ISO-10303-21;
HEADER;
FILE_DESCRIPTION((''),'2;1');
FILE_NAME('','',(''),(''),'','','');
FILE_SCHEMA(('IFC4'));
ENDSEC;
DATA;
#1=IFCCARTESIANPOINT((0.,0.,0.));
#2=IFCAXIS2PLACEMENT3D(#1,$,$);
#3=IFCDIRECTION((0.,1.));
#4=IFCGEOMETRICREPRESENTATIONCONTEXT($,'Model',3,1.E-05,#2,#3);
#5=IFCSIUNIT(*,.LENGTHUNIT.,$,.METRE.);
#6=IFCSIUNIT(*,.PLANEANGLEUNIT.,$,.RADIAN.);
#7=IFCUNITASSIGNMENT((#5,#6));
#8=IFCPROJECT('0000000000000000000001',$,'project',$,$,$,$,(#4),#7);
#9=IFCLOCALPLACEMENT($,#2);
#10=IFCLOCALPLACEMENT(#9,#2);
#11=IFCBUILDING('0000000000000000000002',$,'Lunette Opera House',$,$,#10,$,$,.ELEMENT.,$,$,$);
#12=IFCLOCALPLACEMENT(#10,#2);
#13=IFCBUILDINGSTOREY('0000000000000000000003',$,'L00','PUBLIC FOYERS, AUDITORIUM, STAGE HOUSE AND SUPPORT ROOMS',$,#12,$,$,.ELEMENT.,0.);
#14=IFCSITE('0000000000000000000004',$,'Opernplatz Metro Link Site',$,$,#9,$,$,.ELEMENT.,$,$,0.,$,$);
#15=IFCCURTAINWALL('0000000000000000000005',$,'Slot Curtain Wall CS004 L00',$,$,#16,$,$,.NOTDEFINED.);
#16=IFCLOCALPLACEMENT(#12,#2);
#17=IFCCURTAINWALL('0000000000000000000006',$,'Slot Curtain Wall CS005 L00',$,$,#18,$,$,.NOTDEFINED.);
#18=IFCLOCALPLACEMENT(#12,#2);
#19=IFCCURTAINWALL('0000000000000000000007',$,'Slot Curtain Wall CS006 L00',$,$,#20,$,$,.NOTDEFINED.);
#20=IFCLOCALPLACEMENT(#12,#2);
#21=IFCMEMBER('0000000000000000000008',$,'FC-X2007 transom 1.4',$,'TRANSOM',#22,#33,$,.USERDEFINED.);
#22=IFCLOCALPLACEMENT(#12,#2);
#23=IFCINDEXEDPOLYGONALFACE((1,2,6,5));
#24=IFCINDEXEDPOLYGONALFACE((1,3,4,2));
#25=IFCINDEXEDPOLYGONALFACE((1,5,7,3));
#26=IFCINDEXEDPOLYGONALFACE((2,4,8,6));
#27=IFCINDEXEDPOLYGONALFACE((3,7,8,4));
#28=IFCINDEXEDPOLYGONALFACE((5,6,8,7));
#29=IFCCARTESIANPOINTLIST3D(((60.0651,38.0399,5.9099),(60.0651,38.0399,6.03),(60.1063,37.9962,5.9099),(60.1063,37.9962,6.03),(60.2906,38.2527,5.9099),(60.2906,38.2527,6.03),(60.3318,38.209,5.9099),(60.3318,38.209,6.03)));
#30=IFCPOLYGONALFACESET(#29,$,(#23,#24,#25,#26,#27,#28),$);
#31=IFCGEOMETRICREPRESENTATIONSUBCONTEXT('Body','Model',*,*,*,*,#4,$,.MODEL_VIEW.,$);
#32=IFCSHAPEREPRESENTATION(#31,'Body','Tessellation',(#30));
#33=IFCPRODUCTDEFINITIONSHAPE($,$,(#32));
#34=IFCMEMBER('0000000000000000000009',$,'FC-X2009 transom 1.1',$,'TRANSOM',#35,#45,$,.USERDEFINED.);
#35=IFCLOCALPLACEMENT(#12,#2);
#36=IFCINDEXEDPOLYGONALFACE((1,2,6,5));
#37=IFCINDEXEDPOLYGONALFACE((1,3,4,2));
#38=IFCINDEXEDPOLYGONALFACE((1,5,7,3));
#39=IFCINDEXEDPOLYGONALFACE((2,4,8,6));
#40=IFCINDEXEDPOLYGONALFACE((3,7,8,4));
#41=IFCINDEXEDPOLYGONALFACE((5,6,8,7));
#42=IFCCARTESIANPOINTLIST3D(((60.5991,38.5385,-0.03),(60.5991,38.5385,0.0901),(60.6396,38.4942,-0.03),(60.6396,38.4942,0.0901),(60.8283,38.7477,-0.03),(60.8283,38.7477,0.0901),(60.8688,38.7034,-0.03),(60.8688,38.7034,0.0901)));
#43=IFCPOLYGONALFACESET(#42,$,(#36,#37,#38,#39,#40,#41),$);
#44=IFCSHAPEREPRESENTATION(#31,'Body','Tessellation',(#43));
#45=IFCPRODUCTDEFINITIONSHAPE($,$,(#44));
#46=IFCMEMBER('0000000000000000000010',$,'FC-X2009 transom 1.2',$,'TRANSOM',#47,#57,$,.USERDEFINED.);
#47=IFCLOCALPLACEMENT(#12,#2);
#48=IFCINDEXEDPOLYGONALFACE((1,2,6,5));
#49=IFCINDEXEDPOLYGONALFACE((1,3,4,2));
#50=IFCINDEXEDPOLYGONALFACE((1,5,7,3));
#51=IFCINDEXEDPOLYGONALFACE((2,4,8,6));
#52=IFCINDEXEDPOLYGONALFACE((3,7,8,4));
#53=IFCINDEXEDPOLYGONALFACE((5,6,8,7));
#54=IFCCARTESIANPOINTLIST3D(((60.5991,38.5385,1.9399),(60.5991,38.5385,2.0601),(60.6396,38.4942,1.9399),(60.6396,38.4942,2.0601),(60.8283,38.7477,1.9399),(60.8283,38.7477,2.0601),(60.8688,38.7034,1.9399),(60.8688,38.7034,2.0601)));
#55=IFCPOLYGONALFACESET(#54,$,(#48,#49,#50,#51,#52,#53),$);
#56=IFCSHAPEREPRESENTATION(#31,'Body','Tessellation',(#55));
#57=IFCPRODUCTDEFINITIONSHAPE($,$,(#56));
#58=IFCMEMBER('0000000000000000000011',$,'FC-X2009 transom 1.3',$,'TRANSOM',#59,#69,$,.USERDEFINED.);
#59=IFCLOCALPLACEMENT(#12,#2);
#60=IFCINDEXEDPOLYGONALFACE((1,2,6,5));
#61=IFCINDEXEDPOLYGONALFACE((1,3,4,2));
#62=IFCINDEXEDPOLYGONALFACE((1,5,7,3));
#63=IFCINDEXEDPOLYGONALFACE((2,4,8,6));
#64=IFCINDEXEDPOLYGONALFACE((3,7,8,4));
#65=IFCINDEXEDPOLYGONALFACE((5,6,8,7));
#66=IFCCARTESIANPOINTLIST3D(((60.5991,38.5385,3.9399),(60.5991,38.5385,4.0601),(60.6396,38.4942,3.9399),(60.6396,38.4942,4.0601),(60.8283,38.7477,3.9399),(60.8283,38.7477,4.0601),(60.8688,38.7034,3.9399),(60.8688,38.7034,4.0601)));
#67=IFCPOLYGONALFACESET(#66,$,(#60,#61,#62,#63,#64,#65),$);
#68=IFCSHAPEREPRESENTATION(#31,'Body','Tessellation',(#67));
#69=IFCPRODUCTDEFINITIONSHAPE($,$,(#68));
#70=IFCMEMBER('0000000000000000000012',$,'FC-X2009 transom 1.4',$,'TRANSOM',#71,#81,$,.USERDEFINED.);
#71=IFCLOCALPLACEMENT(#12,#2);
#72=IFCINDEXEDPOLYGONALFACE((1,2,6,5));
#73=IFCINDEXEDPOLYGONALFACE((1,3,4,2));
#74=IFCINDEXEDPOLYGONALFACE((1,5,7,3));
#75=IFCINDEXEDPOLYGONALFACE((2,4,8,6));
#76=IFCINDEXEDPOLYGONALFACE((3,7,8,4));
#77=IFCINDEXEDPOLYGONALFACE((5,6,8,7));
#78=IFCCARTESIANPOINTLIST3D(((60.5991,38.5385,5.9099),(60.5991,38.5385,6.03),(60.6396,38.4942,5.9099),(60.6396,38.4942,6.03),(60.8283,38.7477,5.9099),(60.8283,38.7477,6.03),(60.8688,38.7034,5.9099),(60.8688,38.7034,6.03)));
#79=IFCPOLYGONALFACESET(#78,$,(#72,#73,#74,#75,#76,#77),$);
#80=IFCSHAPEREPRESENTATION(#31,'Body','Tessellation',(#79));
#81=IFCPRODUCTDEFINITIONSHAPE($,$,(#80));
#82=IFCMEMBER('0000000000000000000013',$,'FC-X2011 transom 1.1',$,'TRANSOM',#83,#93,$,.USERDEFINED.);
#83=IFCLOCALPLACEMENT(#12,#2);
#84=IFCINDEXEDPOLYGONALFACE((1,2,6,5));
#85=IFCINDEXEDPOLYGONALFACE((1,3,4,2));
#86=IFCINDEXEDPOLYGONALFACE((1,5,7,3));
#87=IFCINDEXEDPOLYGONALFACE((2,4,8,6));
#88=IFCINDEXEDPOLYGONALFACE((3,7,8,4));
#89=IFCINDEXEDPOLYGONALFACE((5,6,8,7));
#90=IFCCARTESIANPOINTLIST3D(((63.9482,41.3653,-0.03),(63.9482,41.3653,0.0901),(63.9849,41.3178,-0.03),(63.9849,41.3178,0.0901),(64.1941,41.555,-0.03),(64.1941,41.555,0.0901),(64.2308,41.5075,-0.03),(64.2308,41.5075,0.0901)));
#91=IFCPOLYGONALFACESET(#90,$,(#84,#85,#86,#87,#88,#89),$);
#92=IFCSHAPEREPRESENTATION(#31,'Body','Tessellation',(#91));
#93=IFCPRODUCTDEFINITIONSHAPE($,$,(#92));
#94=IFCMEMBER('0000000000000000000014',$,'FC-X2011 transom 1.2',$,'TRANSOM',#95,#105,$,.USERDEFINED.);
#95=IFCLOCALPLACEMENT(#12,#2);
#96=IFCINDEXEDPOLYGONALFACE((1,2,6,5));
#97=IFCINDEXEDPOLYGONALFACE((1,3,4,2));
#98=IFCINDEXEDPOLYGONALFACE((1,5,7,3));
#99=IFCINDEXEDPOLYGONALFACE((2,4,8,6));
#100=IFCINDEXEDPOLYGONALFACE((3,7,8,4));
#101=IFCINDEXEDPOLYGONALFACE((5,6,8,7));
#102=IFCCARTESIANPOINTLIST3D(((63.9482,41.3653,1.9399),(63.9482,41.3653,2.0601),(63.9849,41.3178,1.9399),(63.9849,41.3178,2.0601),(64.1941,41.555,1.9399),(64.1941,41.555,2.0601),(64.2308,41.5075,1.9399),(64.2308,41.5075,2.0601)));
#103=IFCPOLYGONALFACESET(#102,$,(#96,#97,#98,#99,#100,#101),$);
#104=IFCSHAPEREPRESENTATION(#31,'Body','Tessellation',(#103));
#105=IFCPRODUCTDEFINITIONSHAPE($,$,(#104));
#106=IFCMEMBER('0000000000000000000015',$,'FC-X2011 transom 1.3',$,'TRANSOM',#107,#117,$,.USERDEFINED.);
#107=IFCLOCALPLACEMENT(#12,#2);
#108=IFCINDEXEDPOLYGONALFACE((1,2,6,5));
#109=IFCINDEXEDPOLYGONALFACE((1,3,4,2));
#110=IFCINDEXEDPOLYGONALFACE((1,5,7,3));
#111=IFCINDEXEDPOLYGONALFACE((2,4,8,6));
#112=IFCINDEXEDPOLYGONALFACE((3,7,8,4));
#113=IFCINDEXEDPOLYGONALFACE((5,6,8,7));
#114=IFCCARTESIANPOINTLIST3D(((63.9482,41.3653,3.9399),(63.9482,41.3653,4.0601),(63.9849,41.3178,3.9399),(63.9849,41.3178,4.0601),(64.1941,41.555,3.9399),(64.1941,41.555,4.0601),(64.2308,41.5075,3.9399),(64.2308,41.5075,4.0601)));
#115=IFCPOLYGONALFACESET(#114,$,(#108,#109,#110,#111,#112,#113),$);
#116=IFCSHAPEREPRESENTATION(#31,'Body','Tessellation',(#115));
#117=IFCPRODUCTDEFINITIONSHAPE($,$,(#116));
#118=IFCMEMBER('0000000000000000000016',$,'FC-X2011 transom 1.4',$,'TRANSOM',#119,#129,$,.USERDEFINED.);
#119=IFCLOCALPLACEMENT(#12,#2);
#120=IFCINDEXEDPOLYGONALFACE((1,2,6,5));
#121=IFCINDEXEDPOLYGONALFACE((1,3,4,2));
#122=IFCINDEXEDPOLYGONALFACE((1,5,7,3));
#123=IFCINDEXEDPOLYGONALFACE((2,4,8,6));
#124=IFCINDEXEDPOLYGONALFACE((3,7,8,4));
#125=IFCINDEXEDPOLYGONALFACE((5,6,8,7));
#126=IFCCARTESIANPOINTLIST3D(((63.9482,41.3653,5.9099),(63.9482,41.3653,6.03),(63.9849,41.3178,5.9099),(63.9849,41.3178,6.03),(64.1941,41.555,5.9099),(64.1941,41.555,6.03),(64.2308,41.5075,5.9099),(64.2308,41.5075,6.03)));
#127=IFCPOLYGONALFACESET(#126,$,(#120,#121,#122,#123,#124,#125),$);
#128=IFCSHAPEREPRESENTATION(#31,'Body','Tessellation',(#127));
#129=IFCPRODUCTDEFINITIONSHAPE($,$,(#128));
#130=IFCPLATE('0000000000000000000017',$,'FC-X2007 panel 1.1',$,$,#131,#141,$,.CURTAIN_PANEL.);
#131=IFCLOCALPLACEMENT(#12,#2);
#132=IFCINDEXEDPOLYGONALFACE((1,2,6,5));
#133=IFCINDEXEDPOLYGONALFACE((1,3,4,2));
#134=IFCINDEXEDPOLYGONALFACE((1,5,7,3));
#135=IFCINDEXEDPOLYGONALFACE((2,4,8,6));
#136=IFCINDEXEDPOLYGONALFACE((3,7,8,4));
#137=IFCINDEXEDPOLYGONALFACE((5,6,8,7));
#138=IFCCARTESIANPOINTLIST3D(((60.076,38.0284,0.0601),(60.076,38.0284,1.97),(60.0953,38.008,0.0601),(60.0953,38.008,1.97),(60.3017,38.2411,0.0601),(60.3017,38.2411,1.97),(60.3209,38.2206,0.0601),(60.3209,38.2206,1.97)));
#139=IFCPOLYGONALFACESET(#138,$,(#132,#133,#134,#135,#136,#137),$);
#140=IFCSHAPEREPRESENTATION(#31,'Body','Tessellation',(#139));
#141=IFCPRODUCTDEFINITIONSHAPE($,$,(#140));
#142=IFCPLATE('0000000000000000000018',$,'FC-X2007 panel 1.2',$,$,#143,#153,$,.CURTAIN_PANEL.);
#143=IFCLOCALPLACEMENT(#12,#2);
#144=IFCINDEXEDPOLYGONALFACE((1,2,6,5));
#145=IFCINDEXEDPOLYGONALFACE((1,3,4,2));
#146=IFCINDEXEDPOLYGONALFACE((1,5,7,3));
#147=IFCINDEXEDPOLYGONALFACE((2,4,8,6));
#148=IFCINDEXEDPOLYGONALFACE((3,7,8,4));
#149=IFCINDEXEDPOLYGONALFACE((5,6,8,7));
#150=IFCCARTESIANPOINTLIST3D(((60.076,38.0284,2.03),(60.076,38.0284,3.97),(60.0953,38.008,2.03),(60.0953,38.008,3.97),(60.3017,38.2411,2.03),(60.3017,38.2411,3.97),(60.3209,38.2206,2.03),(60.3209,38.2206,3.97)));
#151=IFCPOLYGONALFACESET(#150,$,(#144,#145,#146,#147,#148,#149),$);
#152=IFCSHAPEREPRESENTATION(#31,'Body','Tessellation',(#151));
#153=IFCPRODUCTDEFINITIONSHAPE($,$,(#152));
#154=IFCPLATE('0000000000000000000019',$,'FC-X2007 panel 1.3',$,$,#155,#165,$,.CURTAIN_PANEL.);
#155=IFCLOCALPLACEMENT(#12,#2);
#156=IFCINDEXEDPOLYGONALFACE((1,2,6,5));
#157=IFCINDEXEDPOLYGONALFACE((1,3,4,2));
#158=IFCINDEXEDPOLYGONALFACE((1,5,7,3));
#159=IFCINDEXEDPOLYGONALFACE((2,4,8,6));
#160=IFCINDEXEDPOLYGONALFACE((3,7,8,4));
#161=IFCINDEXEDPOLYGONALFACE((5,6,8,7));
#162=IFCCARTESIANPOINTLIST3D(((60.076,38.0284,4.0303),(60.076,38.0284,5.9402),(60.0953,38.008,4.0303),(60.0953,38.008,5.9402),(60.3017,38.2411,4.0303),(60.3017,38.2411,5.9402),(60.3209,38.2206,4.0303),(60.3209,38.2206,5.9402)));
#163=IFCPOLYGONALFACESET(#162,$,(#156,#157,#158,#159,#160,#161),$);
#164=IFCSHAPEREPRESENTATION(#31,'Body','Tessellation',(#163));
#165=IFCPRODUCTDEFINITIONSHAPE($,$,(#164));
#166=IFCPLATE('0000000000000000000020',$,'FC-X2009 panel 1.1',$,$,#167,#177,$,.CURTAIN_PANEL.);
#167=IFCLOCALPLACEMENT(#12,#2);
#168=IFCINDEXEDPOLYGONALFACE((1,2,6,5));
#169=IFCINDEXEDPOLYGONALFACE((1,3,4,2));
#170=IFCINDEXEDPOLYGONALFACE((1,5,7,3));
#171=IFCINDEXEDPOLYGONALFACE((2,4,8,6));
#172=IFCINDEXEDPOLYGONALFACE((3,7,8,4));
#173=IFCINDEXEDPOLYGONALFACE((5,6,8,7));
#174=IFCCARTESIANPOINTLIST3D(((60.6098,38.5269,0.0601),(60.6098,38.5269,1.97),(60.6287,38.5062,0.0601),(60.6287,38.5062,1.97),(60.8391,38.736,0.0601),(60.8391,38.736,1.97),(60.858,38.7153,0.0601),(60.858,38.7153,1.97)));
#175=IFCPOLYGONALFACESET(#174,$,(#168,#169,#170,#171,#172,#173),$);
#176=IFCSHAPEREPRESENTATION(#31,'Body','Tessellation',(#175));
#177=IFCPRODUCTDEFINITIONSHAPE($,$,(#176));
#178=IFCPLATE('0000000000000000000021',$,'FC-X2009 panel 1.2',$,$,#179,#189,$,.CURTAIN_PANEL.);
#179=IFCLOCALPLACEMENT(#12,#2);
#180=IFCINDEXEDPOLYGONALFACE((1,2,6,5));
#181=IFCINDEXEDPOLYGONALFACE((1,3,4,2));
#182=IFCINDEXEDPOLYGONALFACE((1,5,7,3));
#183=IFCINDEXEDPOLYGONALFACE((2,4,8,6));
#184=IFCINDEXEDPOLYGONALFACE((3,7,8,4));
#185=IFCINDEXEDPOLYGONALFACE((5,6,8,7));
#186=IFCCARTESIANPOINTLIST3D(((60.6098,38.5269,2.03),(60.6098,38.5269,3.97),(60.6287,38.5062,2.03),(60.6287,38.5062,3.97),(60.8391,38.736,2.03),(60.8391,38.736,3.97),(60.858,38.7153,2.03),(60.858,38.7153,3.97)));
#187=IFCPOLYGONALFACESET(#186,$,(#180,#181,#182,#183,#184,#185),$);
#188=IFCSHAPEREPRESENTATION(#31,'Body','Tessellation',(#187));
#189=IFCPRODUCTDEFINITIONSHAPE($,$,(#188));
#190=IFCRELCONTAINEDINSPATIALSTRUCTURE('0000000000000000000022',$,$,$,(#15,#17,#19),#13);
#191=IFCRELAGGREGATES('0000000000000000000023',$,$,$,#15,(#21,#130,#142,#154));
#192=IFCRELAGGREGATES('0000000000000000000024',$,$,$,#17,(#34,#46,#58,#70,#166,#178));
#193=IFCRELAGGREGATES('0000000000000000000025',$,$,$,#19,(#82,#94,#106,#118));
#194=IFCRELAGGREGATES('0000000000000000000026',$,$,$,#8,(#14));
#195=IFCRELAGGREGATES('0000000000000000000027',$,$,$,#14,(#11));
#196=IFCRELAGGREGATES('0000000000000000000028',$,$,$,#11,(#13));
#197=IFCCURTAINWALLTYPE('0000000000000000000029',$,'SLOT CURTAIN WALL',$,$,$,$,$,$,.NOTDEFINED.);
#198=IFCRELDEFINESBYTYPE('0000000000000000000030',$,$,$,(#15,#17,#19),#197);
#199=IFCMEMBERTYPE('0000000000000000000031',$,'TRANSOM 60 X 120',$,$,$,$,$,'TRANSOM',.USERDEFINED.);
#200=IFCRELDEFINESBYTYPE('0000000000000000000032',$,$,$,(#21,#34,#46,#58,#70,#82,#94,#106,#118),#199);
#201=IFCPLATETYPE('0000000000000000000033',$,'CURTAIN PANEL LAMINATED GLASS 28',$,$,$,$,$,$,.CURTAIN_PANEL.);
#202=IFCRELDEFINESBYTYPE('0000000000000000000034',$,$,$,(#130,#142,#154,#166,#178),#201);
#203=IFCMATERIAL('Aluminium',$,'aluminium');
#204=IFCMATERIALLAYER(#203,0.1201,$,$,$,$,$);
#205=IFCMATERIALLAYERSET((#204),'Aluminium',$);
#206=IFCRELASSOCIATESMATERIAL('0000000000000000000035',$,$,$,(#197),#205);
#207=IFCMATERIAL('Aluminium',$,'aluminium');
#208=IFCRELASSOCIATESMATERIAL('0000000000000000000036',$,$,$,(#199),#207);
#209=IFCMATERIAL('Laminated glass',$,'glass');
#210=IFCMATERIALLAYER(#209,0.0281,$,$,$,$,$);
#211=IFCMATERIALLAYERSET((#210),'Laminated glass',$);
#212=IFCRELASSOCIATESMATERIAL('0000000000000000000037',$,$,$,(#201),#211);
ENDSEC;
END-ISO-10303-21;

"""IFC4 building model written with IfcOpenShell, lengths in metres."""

from ifc_helpers import new_model, si_unit, direction, frame, origin, origin_2d, place, context, subcontext, project, spatial, rectangle, extrude, material, layer, layer_set, material_profile, profile_set, type_object, element, aggregate, save


model = new_model("IFC4")

# Units and contexts
model_context = context("Model", 3, precision=1e-05, world=origin(), true_north=direction((0.0, 1.0)))
body_context = subcontext(model_context, "Body", "Model", "MODEL_VIEW")
ifc_project = project(units=[si_unit("LENGTHUNIT", "METRE"), si_unit("PLANEANGLEUNIT", "RADIAN")], contexts=[model_context])

# Site, building, storey
site_placement = place(None, origin())
site = spatial("IfcSite", under=ifc_project, at=site_placement, Name="Opernplatz Metro Link Site", CompositionType="ELEMENT", RefElevation=0.0)
building_placement = place(site_placement, origin())
building = spatial("IfcBuilding", under=site, at=building_placement, Name="Lunette Opera House", CompositionType="ELEMENT")
storey_placement = place(building_placement, origin())
storey = spatial("IfcBuildingStorey", under=building, at=storey_placement, Name="L00", Description="PUBLIC FOYERS, AUDITORIUM, STAGE HOUSE AND SUPPORT ROOMS", CompositionType="ELEMENT", Elevation=0.0)

# Curtain wall
ifc_material_1 = material(Name="Aluminium", Category="aluminium")
ifc_layer_1 = layer(ifc_material_1, 0.1201)
ifc_layer_set_1 = layer_set([ifc_layer_1], Name="Aluminium")
curtain_wall_type = type_object("IfcCurtainWallType", Name="SLOT CURTAIN WALL", PredefinedType="NOTDEFINED", material=ifc_layer_set_1)
curtain_wall_1_placement = place(storey_placement, origin())
curtain_wall_1 = element("IfcCurtainWall", 1, at=curtain_wall_1_placement, inside=storey, type_object=curtain_wall_type, Name="Slot Curtain Wall CS004 L00", PredefinedType="NOTDEFINED")

# Curtain walls
curtain_wall_2_placement = place(storey_placement, origin())
curtain_wall_2 = element("IfcCurtainWall", 2, at=curtain_wall_2_placement, inside=storey, type_object=curtain_wall_type, Name="Slot Curtain Wall CS005 L00", PredefinedType="NOTDEFINED")
curtain_wall_3_placement = place(storey_placement, origin())
curtain_wall_3 = element("IfcCurtainWall", 3, at=curtain_wall_3_placement, inside=storey, type_object=curtain_wall_type, Name="Slot Curtain Wall CS006 L00", PredefinedType="NOTDEFINED")

# Members
ifc_material_2 = material(Name="Aluminium", Category="aluminium")
ifc_material_profile_1 = material_profile(ifc_material_2, rectangle(XDim=0.0601, YDim=0.1201, at=origin_2d()), Name="TRANSOM 60 X 120")
ifc_profile_set_1 = profile_set([ifc_material_profile_1], Name="Aluminium")
member_type_1 = type_object("IfcMemberType", Name="TRANSOM 60 X 120", ElementType="TRANSOM", PredefinedType="USERDEFINED", material=ifc_profile_set_1)
member_1_placement = place(storey_placement, frame((60.0857, 38.0181, 5.97), z_axis=(0.727275, 0.686346, 0.0), x_axis=(-0.686346, 0.727275, 0.0)))
member_1 = element("IfcMember", 4, at=member_1_placement, type_object=member_type_1, Name="FC-X2007 transom 1.4", ObjectType="TRANSOM", PredefinedType="USERDEFINED", context=body_context, shape_type="SweptSolid", body=[
    extrude(rectangle(XDim=0.0601, YDim=0.1201, at=origin_2d()), origin(), (0.0, 0.0, 1.0), 0.3101),
])
member_2_placement = place(storey_placement, frame((60.6194, 38.5164, 0.03), z_axis=(0.738622, 0.67412, 0.0), x_axis=(-0.67412, 0.738622, 0.0)))
member_2 = element("IfcMember", 5, at=member_2_placement, type_object=member_type_1, Name="FC-X2009 transom 1.1", ObjectType="TRANSOM", PredefinedType="USERDEFINED", context=body_context, shape_type="SweptSolid", body=[
    extrude(rectangle(XDim=0.0601, YDim=0.1201, at=origin_2d()), origin(), (0.0, 0.0, 1.0), 0.3103),
])
member_3_placement = place(storey_placement, frame((60.6194, 38.5164, 2.0), z_axis=(0.738622, 0.67412, 0.0), x_axis=(-0.67412, 0.738622, 0.0)))
member_3 = element("IfcMember", 6, at=member_3_placement, type_object=member_type_1, Name="FC-X2009 transom 1.2", ObjectType="TRANSOM", PredefinedType="USERDEFINED", context=body_context, shape_type="SweptSolid", body=[
    extrude(rectangle(XDim=0.0601, YDim=0.1201, at=origin_2d()), origin(), (0.0, 0.0, 1.0), 0.3103),
])
member_4_placement = place(storey_placement, frame((60.6194, 38.5164, 4.0), z_axis=(0.738622, 0.67412, 0.0), x_axis=(-0.67412, 0.738622, 0.0)))
member_4 = element("IfcMember", 7, at=member_4_placement, type_object=member_type_1, Name="FC-X2009 transom 1.3", ObjectType="TRANSOM", PredefinedType="USERDEFINED", context=body_context, shape_type="SweptSolid", body=[
    extrude(rectangle(XDim=0.0601, YDim=0.1201, at=origin_2d()), origin(), (0.0, 0.0, 1.0), 0.3103),
])
member_5_placement = place(storey_placement, frame((60.6194, 38.5164, 5.97), z_axis=(0.738622, 0.67412, 0.0), x_axis=(-0.67412, 0.738622, 0.0)))
member_5 = element("IfcMember", 8, at=member_5_placement, type_object=member_type_1, Name="FC-X2009 transom 1.4", ObjectType="TRANSOM", PredefinedType="USERDEFINED", context=body_context, shape_type="SweptSolid", body=[
    extrude(rectangle(XDim=0.0601, YDim=0.1201, at=origin_2d()), origin(), (0.0, 0.0, 1.0), 0.3103),
])
member_6_placement = place(storey_placement, frame((63.9666, 41.3416, 0.03), z_axis=(0.791717, 0.610888, 0.0), x_axis=(-0.610888, 0.791717, 0.0)))
member_6 = element("IfcMember", 9, at=member_6_placement, type_object=member_type_1, Name="FC-X2011 transom 1.1", ObjectType="TRANSOM", PredefinedType="USERDEFINED", context=body_context, shape_type="SweptSolid", body=[
    extrude(rectangle(XDim=0.0601, YDim=0.1201, at=origin_2d()), origin(), (0.0, 0.0, 1.0), 0.3105),
])
member_7_placement = place(storey_placement, frame((63.9666, 41.3416, 2.0), z_axis=(0.791717, 0.610888, 0.0), x_axis=(-0.610888, 0.791717, 0.0)))
member_7 = element("IfcMember", 10, at=member_7_placement, type_object=member_type_1, Name="FC-X2011 transom 1.2", ObjectType="TRANSOM", PredefinedType="USERDEFINED", context=body_context, shape_type="SweptSolid", body=[
    extrude(rectangle(XDim=0.0601, YDim=0.1201, at=origin_2d()), origin(), (0.0, 0.0, 1.0), 0.3105),
])
member_8_placement = place(storey_placement, frame((63.9666, 41.3416, 4.0), z_axis=(0.791717, 0.610888, 0.0), x_axis=(-0.610888, 0.791717, 0.0)))
member_8 = element("IfcMember", 11, at=member_8_placement, type_object=member_type_1, Name="FC-X2011 transom 1.3", ObjectType="TRANSOM", PredefinedType="USERDEFINED", context=body_context, shape_type="SweptSolid", body=[
    extrude(rectangle(XDim=0.0601, YDim=0.1201, at=origin_2d()), origin(), (0.0, 0.0, 1.0), 0.3105),
])
member_9_placement = place(storey_placement, frame((63.9666, 41.3416, 5.97), z_axis=(0.791717, 0.610888, 0.0), x_axis=(-0.610888, 0.791717, 0.0)))
member_9 = element("IfcMember", 12, at=member_9_placement, type_object=member_type_1, Name="FC-X2011 transom 1.4", ObjectType="TRANSOM", PredefinedType="USERDEFINED", context=body_context, shape_type="SweptSolid", body=[
    extrude(rectangle(XDim=0.0601, YDim=0.1201, at=origin_2d()), origin(), (0.0, 0.0, 1.0), 0.3105),
])

# Plates
ifc_material_3 = material(Name="Laminated glass", Category="glass")
ifc_layer_2 = layer(ifc_material_3, 0.0281)
ifc_layer_set_2 = layer_set([ifc_layer_2], Name="Laminated glass")
plate_type = type_object("IfcPlateType", Name="CURTAIN PANEL LAMINATED GLASS 28", PredefinedType="CURTAIN_PANEL", material=ifc_layer_set_2)
plate_1_placement = place(storey_placement, frame((60.1985, 38.1245, 0.0601), z_axis=(0.0, 0.0, 1.0), x_axis=(0.727722, 0.685872, 0.0)))
plate_1 = element("IfcPlate", 13, at=plate_1_placement, type_object=plate_type, Name="FC-X2007 panel 1.1", PredefinedType="CURTAIN_PANEL", context=body_context, shape_type="SweptSolid", body=[
    extrude(rectangle(XDim=0.3101, YDim=0.0281, at=origin_2d()), origin(), (0.0, 0.0, 1.0), 1.9099),
])
plate_2_placement = place(storey_placement, frame((60.1985, 38.1245, 2.03), z_axis=(0.0, 0.0, 1.0), x_axis=(0.727722, 0.685872, 0.0)))
plate_2 = element("IfcPlate", 14, at=plate_2_placement, type_object=plate_type, Name="FC-X2007 panel 1.2", PredefinedType="CURTAIN_PANEL", context=body_context, shape_type="SweptSolid", body=[
    extrude(rectangle(XDim=0.3101, YDim=0.0281, at=origin_2d()), origin(), (0.0, 0.0, 1.0), 1.9399),
])
plate_3_placement = place(storey_placement, frame((60.1985, 38.1245, 4.0303), z_axis=(0.0, 0.0, 1.0), x_axis=(0.727722, 0.685872, 0.0)))
plate_3 = element("IfcPlate", 15, at=plate_3_placement, type_object=plate_type, Name="FC-X2007 panel 1.3", PredefinedType="CURTAIN_PANEL", context=body_context, shape_type="SweptSolid", body=[
    extrude(rectangle(XDim=0.3101, YDim=0.0281, at=origin_2d()), origin(), (0.0, 0.0, 1.0), 1.9099),
])
aggregate(curtain_wall_1, [member_1, plate_1, plate_2, plate_3])
plate_4_placement = place(storey_placement, frame((60.7339, 38.6211, 0.0601), z_axis=(0.0, 0.0, 1.0), x_axis=(0.738888, 0.673828, 0.0)))
plate_4 = element("IfcPlate", 16, at=plate_4_placement, type_object=plate_type, Name="FC-X2009 panel 1.1", PredefinedType="CURTAIN_PANEL", context=body_context, shape_type="SweptSolid", body=[
    extrude(rectangle(XDim=0.3103, YDim=0.0281, at=origin_2d()), origin(), (0.0, 0.0, 1.0), 1.9099),
])
plate_5_placement = place(storey_placement, frame((60.7339, 38.6211, 2.03), z_axis=(0.0, 0.0, 1.0), x_axis=(0.738888, 0.673828, 0.0)))
plate_5 = element("IfcPlate", 17, at=plate_5_placement, type_object=plate_type, Name="FC-X2009 panel 1.2", PredefinedType="CURTAIN_PANEL", context=body_context, shape_type="SweptSolid", body=[
    extrude(rectangle(XDim=0.3103, YDim=0.0281, at=origin_2d()), origin(), (0.0, 0.0, 1.0), 1.9399),
])
aggregate(curtain_wall_2, [member_2, member_3, member_4, member_5, plate_4, plate_5])
aggregate(curtain_wall_3, [member_6, member_7, member_8, member_9])

save(model, "model.ifc")
